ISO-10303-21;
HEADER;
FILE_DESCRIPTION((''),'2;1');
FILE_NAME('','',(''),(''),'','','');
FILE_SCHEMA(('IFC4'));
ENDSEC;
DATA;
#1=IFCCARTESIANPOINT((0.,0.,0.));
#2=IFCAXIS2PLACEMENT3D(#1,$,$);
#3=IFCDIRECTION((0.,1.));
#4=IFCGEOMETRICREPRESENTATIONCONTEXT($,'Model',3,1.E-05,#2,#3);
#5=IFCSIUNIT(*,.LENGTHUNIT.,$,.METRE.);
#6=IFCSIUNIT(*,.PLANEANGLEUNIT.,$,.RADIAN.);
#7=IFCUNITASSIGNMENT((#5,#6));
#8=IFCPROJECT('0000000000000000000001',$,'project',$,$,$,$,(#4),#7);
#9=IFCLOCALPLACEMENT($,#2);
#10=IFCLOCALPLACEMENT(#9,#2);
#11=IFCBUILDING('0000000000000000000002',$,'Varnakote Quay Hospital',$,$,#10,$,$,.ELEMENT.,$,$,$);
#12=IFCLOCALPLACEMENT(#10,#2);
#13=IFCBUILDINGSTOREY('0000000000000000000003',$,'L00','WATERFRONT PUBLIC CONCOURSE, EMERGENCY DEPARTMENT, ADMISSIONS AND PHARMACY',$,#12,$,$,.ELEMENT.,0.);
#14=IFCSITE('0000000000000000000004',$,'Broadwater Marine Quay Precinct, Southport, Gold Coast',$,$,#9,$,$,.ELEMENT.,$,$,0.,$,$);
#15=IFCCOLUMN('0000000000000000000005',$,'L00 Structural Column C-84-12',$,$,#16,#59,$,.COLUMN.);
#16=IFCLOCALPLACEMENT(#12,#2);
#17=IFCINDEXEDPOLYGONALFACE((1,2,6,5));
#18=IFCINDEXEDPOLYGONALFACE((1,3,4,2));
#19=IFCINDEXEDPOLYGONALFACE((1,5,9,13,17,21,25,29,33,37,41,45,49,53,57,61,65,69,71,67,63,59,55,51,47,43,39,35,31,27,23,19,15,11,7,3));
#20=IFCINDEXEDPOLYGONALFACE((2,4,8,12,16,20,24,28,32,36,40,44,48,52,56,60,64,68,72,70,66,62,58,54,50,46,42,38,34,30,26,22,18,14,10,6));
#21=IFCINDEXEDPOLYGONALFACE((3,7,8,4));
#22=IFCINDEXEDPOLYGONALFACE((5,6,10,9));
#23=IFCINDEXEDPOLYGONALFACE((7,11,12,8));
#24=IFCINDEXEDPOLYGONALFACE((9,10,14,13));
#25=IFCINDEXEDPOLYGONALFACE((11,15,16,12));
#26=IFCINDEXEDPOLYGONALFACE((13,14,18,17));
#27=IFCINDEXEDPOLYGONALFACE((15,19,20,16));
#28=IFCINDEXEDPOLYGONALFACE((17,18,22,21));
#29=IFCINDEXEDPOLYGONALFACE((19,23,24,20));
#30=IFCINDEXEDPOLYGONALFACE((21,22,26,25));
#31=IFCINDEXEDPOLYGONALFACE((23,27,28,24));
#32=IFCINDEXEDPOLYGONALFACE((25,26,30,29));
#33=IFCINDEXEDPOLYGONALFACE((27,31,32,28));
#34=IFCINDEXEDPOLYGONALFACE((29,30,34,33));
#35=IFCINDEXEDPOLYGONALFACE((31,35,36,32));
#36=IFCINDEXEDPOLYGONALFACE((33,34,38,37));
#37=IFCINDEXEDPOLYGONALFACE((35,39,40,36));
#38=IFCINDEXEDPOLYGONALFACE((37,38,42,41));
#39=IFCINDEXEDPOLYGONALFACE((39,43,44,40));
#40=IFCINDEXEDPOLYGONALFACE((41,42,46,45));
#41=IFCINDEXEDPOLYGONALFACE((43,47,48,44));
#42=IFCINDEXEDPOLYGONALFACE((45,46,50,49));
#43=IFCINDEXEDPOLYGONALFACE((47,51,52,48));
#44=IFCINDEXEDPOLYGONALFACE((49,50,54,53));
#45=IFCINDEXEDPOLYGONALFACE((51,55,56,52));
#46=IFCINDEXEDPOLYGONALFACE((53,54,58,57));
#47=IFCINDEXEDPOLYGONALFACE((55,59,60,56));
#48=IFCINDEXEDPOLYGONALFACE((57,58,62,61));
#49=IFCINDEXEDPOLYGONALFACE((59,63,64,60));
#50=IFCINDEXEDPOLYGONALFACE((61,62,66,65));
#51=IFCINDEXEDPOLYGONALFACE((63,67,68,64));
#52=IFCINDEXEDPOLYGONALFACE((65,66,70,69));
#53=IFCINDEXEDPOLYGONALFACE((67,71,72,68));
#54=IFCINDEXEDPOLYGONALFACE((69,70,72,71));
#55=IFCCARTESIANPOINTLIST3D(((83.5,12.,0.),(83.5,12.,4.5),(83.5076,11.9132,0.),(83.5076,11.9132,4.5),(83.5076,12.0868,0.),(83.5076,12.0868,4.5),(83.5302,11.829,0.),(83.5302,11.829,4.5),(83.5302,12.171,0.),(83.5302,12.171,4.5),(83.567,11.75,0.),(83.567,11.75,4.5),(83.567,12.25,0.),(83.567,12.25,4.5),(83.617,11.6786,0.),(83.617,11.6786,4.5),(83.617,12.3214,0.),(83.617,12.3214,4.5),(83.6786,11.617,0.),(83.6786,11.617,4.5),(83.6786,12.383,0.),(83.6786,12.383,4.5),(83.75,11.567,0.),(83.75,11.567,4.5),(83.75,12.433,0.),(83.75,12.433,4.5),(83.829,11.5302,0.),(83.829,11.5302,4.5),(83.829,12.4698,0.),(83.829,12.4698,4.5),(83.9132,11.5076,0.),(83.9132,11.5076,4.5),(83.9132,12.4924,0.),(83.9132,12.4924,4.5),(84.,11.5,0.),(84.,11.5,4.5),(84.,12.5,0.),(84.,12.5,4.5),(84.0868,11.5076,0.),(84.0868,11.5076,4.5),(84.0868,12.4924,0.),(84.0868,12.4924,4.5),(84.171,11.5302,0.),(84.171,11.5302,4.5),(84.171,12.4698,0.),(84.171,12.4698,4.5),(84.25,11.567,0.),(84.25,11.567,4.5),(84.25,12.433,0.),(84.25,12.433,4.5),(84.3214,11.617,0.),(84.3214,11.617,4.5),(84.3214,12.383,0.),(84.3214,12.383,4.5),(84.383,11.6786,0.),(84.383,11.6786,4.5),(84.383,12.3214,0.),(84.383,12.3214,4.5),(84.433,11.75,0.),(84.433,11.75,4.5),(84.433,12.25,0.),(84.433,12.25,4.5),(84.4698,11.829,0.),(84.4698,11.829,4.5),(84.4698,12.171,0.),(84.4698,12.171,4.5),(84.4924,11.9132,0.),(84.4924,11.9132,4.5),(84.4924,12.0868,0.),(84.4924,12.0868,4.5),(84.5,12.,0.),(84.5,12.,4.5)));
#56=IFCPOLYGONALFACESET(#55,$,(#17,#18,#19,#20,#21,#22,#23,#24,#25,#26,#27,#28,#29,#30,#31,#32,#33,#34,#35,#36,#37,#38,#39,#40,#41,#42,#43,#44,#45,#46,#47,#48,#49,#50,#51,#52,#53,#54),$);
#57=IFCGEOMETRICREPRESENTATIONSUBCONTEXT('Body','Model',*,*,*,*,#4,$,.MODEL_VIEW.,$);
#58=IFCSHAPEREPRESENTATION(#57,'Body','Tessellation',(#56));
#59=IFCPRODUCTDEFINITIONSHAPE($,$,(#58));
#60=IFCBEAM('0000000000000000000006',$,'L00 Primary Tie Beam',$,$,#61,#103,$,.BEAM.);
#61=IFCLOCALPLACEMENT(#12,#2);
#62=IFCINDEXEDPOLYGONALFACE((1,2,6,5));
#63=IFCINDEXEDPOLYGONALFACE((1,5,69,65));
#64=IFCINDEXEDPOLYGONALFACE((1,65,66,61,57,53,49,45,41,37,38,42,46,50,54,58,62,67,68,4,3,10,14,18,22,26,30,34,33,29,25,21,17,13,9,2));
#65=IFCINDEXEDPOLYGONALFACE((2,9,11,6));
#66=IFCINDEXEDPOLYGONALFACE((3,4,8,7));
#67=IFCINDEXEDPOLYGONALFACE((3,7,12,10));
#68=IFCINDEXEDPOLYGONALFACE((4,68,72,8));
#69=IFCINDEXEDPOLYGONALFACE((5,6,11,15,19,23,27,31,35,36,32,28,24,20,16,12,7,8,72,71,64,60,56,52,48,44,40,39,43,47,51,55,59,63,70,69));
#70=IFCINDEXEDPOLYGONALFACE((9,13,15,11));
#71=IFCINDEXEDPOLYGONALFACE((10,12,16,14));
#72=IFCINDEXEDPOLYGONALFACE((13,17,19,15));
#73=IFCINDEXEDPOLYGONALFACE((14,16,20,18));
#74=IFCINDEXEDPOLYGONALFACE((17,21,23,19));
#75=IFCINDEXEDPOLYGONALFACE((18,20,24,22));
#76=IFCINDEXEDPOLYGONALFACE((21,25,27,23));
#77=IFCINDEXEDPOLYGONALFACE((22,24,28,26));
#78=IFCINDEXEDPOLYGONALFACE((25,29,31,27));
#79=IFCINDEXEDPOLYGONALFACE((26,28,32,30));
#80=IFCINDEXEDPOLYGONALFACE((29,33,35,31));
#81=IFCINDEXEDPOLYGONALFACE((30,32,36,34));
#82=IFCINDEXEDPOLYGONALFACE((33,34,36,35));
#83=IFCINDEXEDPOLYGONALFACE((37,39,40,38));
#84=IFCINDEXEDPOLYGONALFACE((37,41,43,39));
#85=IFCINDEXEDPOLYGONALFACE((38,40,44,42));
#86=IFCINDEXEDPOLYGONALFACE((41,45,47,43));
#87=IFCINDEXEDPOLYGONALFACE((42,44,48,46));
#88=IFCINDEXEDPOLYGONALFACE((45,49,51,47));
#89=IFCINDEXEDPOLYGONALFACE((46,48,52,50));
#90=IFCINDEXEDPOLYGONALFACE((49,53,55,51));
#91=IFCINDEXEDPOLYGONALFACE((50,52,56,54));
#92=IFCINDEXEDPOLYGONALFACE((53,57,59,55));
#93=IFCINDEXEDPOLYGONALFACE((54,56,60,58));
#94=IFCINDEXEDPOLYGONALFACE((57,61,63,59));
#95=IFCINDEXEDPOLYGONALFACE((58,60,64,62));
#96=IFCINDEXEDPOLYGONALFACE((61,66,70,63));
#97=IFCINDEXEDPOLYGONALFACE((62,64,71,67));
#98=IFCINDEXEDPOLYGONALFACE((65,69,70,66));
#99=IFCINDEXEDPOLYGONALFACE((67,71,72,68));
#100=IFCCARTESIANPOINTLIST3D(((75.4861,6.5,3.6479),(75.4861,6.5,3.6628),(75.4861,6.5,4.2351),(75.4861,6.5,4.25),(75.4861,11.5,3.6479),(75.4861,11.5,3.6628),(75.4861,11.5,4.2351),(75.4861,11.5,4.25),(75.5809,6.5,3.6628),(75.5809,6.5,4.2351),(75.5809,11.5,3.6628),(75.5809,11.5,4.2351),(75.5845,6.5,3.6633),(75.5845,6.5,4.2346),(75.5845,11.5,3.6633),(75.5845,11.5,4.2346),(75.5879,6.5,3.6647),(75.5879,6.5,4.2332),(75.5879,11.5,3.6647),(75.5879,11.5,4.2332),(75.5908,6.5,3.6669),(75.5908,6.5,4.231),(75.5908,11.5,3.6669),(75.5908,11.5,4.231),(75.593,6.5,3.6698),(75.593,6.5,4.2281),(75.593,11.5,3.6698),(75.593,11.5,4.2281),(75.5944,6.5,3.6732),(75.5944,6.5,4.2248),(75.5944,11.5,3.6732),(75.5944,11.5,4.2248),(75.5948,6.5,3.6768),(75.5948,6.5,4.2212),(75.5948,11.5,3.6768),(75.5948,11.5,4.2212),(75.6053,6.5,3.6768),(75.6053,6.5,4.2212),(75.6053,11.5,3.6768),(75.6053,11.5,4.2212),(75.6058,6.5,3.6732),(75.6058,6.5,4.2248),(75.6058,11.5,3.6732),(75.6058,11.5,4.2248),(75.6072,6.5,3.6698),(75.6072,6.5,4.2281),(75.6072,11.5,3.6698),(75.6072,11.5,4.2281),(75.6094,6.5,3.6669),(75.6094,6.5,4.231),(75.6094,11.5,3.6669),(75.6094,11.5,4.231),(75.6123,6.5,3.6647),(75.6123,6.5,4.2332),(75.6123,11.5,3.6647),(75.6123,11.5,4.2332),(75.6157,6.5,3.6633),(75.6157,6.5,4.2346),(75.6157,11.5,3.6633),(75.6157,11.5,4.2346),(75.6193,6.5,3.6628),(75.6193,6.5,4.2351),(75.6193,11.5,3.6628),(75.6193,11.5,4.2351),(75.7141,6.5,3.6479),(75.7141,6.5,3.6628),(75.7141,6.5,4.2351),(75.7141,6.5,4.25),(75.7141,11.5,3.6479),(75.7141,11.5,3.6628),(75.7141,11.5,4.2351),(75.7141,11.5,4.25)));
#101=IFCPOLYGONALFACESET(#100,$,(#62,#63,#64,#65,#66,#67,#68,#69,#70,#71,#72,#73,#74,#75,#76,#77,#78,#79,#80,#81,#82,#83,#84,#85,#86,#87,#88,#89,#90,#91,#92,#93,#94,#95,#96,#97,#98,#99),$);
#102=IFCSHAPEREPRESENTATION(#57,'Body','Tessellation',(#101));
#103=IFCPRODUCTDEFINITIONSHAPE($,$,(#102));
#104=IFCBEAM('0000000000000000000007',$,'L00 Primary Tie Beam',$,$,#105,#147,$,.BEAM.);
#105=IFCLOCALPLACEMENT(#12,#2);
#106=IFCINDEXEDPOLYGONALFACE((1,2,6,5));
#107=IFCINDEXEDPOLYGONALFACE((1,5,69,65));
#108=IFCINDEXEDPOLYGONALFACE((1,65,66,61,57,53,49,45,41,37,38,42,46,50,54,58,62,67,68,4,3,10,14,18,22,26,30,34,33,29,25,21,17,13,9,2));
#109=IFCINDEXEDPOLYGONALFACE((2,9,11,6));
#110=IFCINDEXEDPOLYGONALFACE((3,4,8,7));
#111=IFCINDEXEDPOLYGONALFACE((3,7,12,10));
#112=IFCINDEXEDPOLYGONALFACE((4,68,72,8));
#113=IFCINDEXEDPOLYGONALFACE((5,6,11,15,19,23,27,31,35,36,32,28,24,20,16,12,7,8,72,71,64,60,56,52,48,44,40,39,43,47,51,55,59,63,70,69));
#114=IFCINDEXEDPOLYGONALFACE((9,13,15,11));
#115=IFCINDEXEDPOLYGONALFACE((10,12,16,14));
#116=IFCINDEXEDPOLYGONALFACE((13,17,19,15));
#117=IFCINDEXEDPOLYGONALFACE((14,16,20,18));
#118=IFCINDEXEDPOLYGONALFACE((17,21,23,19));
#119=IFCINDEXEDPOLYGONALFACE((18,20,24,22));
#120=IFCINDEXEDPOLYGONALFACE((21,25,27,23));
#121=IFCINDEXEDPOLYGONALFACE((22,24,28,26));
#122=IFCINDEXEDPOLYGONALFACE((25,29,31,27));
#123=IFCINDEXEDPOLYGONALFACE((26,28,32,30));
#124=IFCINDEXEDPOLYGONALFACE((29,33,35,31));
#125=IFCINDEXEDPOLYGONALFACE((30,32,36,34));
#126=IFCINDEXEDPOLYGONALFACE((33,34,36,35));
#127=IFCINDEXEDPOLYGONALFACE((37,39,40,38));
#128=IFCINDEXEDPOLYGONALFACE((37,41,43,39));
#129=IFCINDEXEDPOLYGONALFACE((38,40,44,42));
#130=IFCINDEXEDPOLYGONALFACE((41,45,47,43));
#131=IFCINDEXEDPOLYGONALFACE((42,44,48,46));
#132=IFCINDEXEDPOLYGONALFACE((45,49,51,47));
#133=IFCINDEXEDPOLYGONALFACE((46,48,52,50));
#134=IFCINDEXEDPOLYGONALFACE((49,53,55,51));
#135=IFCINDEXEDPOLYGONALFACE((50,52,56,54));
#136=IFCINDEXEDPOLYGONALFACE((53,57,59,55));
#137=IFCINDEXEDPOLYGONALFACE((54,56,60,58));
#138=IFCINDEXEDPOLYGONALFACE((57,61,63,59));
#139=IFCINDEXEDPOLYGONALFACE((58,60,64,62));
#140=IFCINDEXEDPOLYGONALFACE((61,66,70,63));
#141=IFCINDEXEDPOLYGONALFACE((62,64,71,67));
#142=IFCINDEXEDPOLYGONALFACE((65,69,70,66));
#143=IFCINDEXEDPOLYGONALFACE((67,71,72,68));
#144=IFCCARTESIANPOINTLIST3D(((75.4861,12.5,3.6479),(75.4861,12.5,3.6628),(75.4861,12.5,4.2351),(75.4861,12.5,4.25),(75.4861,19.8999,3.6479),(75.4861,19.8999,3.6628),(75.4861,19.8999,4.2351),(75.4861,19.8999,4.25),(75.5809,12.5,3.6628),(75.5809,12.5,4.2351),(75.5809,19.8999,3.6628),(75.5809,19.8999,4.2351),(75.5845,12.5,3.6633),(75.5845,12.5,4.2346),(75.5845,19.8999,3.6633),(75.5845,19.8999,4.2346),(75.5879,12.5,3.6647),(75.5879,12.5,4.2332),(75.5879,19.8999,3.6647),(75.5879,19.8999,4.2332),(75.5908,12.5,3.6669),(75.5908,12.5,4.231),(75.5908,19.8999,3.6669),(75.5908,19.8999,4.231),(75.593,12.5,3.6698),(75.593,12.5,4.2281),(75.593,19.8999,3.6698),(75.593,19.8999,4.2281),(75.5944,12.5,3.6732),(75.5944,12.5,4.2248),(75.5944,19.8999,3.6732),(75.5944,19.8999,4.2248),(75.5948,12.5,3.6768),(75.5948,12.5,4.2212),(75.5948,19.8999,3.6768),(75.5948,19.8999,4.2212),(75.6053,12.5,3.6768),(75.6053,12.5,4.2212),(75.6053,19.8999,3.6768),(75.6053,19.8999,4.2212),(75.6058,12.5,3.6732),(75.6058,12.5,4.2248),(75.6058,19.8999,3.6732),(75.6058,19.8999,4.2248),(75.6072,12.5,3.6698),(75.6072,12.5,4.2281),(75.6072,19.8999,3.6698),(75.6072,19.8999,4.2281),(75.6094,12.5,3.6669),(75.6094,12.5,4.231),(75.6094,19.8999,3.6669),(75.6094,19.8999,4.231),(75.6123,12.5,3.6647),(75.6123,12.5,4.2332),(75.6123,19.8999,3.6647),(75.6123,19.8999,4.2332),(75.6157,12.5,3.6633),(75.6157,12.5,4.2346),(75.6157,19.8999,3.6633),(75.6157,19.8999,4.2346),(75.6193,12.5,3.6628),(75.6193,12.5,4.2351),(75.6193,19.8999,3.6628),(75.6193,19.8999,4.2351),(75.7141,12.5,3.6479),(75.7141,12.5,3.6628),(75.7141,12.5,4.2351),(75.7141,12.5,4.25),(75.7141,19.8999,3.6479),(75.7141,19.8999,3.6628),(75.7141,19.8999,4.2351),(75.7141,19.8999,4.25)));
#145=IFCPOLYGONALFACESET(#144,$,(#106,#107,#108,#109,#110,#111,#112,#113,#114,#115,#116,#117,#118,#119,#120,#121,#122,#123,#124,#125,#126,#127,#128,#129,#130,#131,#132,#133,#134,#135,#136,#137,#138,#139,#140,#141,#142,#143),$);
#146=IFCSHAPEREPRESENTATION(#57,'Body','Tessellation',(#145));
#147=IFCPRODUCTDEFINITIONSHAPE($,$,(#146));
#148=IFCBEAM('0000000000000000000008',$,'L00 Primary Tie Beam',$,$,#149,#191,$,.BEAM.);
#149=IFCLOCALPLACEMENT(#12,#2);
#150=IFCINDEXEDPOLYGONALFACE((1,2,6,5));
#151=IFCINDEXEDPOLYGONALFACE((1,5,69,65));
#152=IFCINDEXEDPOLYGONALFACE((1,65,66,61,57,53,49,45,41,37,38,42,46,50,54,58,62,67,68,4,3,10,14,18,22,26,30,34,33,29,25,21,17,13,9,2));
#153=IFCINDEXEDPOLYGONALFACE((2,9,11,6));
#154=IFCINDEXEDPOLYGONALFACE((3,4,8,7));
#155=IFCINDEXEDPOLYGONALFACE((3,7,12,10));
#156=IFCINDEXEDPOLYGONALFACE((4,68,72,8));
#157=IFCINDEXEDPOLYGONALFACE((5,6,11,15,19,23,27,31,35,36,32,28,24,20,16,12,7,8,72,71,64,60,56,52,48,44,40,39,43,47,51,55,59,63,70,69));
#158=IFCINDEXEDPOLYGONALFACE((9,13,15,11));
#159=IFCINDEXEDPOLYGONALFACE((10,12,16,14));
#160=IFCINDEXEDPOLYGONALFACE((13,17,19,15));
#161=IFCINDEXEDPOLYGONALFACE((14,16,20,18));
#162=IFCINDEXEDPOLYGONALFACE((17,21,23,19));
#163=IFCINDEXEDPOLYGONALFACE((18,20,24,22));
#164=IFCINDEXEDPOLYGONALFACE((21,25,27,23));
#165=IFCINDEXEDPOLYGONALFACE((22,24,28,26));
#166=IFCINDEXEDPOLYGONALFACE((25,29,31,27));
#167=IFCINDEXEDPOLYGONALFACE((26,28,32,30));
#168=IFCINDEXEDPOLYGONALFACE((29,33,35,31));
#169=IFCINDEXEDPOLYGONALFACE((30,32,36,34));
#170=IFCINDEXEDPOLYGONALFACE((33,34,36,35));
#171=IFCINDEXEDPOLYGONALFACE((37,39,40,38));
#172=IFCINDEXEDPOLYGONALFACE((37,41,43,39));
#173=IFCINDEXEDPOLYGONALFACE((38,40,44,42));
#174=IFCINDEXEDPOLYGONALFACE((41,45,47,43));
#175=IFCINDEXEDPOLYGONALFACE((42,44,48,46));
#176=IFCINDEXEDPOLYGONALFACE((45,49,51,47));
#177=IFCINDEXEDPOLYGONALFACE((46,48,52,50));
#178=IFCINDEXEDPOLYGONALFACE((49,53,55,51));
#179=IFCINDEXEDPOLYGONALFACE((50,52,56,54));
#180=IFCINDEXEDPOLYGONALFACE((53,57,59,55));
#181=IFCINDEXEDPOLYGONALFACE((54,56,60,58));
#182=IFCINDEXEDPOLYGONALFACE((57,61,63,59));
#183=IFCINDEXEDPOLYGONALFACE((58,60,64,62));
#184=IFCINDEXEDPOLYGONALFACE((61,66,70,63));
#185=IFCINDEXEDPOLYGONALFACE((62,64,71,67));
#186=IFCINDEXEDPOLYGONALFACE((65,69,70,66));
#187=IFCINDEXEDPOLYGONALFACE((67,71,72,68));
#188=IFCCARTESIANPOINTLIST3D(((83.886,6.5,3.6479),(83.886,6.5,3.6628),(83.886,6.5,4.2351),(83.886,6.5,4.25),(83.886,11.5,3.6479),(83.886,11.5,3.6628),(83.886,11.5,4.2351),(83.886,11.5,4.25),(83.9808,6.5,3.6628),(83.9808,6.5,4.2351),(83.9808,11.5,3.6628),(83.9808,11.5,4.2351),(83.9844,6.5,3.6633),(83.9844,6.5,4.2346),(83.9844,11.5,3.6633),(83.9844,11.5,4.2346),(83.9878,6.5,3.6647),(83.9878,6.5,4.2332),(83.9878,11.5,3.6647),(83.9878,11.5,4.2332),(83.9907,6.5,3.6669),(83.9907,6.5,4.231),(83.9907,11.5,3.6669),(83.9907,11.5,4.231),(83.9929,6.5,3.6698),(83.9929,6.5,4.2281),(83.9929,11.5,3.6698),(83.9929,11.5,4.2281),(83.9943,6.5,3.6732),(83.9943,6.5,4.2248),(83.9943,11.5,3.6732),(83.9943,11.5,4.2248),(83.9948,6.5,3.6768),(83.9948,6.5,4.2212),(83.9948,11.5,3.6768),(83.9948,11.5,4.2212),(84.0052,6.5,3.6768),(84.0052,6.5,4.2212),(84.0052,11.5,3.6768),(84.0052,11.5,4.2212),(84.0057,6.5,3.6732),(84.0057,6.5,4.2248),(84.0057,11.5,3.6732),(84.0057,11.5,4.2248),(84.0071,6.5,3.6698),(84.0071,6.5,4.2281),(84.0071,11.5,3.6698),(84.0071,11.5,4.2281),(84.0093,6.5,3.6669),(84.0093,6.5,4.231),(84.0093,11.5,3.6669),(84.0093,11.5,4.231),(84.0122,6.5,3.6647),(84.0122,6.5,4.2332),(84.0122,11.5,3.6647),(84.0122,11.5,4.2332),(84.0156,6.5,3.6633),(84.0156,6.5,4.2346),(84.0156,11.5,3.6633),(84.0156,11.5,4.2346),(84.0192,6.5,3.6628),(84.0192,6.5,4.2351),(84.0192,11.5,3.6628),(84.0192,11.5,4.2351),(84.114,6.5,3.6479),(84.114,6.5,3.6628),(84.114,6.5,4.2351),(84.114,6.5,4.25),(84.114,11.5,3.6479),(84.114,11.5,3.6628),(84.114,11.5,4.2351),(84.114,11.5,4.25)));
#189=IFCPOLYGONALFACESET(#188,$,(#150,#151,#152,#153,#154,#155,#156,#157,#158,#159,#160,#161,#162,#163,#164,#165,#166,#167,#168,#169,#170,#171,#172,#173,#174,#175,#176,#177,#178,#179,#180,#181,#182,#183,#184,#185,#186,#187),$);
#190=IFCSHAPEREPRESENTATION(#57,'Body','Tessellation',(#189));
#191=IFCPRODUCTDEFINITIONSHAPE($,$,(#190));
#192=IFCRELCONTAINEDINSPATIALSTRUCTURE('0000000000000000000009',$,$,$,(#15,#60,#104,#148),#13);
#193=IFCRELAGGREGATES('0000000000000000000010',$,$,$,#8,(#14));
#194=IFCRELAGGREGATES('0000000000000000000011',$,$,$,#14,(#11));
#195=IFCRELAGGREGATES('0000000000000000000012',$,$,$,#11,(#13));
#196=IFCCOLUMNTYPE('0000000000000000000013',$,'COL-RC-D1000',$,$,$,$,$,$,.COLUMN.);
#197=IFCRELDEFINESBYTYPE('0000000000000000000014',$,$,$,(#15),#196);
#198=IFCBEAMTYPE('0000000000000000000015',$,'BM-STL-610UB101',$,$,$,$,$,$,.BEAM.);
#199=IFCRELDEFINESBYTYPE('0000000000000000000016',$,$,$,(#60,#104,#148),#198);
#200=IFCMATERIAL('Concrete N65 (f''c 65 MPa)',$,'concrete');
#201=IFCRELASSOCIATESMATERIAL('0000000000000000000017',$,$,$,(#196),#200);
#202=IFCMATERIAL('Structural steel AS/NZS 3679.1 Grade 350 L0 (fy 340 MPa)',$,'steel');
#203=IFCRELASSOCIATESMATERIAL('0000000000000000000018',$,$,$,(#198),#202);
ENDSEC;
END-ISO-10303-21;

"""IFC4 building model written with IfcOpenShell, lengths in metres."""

from ifc_helpers import new_model, si_unit, direction, frame, origin, origin_2d, place, context, subcontext, project, spatial, circle, i_section, extrude, material, material_profile, profile_set, type_object, element, save


model = new_model("IFC4")

# Units and contexts
model_context = context("Model", 3, precision=1e-05, world=origin(), true_north=direction((0.0, 1.0)))
body_context = subcontext(model_context, "Body", "Model", "MODEL_VIEW")
ifc_project = project(units=[si_unit("LENGTHUNIT", "METRE"), si_unit("PLANEANGLEUNIT", "RADIAN")], contexts=[model_context])

# Site, building, storey
site_placement = place(None, origin())
site = spatial("IfcSite", under=ifc_project, at=site_placement, Name="Broadwater Marine Quay Precinct, Southport, Gold Coast", CompositionType="ELEMENT", RefElevation=0.0)
building_placement = place(site_placement, origin())
building = spatial("IfcBuilding", under=site, at=building_placement, Name="Varnakote Quay Hospital", CompositionType="ELEMENT")
storey_placement = place(building_placement, origin())
storey = spatial("IfcBuildingStorey", under=building, at=storey_placement, Name="L00", Description="WATERFRONT PUBLIC CONCOURSE, EMERGENCY DEPARTMENT, ADMISSIONS AND PHARMACY", CompositionType="ELEMENT", Elevation=0.0)

# Column
ifc_material_1 = material(Name="Concrete N65 (f'c 65 MPa)", Category="concrete")
ifc_material_profile_1 = material_profile(ifc_material_1, circle(Radius=0.5, at=origin_2d()), Name="RC-COL-D1000")
ifc_profile_set_1 = profile_set([ifc_material_profile_1], Name="Concrete N65 (f'c 65 MPa)")
column_type = type_object("IfcColumnType", Name="COL-RC-D1000", PredefinedType="COLUMN", material=ifc_profile_set_1)
for number, where, z_axis, x_axis, name in (
    (1, (84.0, 12.0, 0.0), (0.0, 0.0, 1.0), (1.0, 0.0, 0.0), "L00 Structural Column C-84-12"),
):
    element("IfcColumn", number, at=place(storey_placement, frame(where, z_axis=z_axis, x_axis=x_axis)), inside=storey, type_object=column_type, Name=name, PredefinedType="COLUMN", context=body_context, shape_type="SweptSolid", body=[
        extrude(circle(Radius=0.5, at=origin_2d()), origin(), (0.0, 0.0, 1.0), 4.5),
    ])

# Beams
ifc_material_2 = material(Name="Structural steel AS/NZS 3679.1 Grade 350 L0 (fy 340 MPa)", Category="steel")
ifc_material_profile_2 = material_profile(ifc_material_2, i_section(OverallWidth=0.228, OverallDepth=0.6021, WebThickness=0.0105, FlangeThickness=0.0149, FilletRadius=0.0139, at=origin_2d()), Name="610UB101")
ifc_profile_set_2 = profile_set([ifc_material_profile_2], Name="Structural steel AS/NZS 3679.1 Grade 350 L0 (fy 340 MPa)")
beam_type_1 = type_object("IfcBeamType", Name="BM-STL-610UB101", PredefinedType="BEAM", material=ifc_profile_set_2)
beam_1_placement = place(storey_placement, frame((75.6001, 6.5, 3.949), z_axis=(0.0, 1.0, 0.0), x_axis=(-1.0, 0.0, 0.0)))
element("IfcBeam", 2, at=beam_1_placement, inside=storey, type_object=beam_type_1, Name="L00 Primary Tie Beam", PredefinedType="BEAM", context=body_context, shape_type="SweptSolid", body=[
    extrude(i_section(OverallWidth=0.228, OverallDepth=0.6021, WebThickness=0.0105, FlangeThickness=0.0149, FilletRadius=0.0139, at=origin_2d()), origin(), (0.0, 0.0, 1.0), 5.0),
])
beam_2_placement = place(storey_placement, frame((75.6001, 12.5, 3.949), z_axis=(0.0, 1.0, 0.0), x_axis=(-1.0, 0.0, 0.0)))
element("IfcBeam", 3, at=beam_2_placement, inside=storey, type_object=beam_type_1, Name="L00 Primary Tie Beam", PredefinedType="BEAM", context=body_context, shape_type="SweptSolid", body=[
    extrude(i_section(OverallWidth=0.228, OverallDepth=0.6021, WebThickness=0.0105, FlangeThickness=0.0149, FilletRadius=0.0139, at=origin_2d()), origin(), (0.0, 0.0, 1.0), 7.3999),
])
beam_3_placement = place(storey_placement, frame((84.0, 6.5, 3.949), z_axis=(0.0, 1.0, 0.0), x_axis=(-1.0, 0.0, 0.0)))
element("IfcBeam", 4, at=beam_3_placement, inside=storey, type_object=beam_type_1, Name="L00 Primary Tie Beam", PredefinedType="BEAM", context=body_context, shape_type="SweptSolid", body=[
    extrude(i_section(OverallWidth=0.228, OverallDepth=0.6021, WebThickness=0.0105, FlangeThickness=0.0149, FilletRadius=0.0139, at=origin_2d()), origin(), (0.0, 0.0, 1.0), 5.0),
])

save(model, "model.ifc")
